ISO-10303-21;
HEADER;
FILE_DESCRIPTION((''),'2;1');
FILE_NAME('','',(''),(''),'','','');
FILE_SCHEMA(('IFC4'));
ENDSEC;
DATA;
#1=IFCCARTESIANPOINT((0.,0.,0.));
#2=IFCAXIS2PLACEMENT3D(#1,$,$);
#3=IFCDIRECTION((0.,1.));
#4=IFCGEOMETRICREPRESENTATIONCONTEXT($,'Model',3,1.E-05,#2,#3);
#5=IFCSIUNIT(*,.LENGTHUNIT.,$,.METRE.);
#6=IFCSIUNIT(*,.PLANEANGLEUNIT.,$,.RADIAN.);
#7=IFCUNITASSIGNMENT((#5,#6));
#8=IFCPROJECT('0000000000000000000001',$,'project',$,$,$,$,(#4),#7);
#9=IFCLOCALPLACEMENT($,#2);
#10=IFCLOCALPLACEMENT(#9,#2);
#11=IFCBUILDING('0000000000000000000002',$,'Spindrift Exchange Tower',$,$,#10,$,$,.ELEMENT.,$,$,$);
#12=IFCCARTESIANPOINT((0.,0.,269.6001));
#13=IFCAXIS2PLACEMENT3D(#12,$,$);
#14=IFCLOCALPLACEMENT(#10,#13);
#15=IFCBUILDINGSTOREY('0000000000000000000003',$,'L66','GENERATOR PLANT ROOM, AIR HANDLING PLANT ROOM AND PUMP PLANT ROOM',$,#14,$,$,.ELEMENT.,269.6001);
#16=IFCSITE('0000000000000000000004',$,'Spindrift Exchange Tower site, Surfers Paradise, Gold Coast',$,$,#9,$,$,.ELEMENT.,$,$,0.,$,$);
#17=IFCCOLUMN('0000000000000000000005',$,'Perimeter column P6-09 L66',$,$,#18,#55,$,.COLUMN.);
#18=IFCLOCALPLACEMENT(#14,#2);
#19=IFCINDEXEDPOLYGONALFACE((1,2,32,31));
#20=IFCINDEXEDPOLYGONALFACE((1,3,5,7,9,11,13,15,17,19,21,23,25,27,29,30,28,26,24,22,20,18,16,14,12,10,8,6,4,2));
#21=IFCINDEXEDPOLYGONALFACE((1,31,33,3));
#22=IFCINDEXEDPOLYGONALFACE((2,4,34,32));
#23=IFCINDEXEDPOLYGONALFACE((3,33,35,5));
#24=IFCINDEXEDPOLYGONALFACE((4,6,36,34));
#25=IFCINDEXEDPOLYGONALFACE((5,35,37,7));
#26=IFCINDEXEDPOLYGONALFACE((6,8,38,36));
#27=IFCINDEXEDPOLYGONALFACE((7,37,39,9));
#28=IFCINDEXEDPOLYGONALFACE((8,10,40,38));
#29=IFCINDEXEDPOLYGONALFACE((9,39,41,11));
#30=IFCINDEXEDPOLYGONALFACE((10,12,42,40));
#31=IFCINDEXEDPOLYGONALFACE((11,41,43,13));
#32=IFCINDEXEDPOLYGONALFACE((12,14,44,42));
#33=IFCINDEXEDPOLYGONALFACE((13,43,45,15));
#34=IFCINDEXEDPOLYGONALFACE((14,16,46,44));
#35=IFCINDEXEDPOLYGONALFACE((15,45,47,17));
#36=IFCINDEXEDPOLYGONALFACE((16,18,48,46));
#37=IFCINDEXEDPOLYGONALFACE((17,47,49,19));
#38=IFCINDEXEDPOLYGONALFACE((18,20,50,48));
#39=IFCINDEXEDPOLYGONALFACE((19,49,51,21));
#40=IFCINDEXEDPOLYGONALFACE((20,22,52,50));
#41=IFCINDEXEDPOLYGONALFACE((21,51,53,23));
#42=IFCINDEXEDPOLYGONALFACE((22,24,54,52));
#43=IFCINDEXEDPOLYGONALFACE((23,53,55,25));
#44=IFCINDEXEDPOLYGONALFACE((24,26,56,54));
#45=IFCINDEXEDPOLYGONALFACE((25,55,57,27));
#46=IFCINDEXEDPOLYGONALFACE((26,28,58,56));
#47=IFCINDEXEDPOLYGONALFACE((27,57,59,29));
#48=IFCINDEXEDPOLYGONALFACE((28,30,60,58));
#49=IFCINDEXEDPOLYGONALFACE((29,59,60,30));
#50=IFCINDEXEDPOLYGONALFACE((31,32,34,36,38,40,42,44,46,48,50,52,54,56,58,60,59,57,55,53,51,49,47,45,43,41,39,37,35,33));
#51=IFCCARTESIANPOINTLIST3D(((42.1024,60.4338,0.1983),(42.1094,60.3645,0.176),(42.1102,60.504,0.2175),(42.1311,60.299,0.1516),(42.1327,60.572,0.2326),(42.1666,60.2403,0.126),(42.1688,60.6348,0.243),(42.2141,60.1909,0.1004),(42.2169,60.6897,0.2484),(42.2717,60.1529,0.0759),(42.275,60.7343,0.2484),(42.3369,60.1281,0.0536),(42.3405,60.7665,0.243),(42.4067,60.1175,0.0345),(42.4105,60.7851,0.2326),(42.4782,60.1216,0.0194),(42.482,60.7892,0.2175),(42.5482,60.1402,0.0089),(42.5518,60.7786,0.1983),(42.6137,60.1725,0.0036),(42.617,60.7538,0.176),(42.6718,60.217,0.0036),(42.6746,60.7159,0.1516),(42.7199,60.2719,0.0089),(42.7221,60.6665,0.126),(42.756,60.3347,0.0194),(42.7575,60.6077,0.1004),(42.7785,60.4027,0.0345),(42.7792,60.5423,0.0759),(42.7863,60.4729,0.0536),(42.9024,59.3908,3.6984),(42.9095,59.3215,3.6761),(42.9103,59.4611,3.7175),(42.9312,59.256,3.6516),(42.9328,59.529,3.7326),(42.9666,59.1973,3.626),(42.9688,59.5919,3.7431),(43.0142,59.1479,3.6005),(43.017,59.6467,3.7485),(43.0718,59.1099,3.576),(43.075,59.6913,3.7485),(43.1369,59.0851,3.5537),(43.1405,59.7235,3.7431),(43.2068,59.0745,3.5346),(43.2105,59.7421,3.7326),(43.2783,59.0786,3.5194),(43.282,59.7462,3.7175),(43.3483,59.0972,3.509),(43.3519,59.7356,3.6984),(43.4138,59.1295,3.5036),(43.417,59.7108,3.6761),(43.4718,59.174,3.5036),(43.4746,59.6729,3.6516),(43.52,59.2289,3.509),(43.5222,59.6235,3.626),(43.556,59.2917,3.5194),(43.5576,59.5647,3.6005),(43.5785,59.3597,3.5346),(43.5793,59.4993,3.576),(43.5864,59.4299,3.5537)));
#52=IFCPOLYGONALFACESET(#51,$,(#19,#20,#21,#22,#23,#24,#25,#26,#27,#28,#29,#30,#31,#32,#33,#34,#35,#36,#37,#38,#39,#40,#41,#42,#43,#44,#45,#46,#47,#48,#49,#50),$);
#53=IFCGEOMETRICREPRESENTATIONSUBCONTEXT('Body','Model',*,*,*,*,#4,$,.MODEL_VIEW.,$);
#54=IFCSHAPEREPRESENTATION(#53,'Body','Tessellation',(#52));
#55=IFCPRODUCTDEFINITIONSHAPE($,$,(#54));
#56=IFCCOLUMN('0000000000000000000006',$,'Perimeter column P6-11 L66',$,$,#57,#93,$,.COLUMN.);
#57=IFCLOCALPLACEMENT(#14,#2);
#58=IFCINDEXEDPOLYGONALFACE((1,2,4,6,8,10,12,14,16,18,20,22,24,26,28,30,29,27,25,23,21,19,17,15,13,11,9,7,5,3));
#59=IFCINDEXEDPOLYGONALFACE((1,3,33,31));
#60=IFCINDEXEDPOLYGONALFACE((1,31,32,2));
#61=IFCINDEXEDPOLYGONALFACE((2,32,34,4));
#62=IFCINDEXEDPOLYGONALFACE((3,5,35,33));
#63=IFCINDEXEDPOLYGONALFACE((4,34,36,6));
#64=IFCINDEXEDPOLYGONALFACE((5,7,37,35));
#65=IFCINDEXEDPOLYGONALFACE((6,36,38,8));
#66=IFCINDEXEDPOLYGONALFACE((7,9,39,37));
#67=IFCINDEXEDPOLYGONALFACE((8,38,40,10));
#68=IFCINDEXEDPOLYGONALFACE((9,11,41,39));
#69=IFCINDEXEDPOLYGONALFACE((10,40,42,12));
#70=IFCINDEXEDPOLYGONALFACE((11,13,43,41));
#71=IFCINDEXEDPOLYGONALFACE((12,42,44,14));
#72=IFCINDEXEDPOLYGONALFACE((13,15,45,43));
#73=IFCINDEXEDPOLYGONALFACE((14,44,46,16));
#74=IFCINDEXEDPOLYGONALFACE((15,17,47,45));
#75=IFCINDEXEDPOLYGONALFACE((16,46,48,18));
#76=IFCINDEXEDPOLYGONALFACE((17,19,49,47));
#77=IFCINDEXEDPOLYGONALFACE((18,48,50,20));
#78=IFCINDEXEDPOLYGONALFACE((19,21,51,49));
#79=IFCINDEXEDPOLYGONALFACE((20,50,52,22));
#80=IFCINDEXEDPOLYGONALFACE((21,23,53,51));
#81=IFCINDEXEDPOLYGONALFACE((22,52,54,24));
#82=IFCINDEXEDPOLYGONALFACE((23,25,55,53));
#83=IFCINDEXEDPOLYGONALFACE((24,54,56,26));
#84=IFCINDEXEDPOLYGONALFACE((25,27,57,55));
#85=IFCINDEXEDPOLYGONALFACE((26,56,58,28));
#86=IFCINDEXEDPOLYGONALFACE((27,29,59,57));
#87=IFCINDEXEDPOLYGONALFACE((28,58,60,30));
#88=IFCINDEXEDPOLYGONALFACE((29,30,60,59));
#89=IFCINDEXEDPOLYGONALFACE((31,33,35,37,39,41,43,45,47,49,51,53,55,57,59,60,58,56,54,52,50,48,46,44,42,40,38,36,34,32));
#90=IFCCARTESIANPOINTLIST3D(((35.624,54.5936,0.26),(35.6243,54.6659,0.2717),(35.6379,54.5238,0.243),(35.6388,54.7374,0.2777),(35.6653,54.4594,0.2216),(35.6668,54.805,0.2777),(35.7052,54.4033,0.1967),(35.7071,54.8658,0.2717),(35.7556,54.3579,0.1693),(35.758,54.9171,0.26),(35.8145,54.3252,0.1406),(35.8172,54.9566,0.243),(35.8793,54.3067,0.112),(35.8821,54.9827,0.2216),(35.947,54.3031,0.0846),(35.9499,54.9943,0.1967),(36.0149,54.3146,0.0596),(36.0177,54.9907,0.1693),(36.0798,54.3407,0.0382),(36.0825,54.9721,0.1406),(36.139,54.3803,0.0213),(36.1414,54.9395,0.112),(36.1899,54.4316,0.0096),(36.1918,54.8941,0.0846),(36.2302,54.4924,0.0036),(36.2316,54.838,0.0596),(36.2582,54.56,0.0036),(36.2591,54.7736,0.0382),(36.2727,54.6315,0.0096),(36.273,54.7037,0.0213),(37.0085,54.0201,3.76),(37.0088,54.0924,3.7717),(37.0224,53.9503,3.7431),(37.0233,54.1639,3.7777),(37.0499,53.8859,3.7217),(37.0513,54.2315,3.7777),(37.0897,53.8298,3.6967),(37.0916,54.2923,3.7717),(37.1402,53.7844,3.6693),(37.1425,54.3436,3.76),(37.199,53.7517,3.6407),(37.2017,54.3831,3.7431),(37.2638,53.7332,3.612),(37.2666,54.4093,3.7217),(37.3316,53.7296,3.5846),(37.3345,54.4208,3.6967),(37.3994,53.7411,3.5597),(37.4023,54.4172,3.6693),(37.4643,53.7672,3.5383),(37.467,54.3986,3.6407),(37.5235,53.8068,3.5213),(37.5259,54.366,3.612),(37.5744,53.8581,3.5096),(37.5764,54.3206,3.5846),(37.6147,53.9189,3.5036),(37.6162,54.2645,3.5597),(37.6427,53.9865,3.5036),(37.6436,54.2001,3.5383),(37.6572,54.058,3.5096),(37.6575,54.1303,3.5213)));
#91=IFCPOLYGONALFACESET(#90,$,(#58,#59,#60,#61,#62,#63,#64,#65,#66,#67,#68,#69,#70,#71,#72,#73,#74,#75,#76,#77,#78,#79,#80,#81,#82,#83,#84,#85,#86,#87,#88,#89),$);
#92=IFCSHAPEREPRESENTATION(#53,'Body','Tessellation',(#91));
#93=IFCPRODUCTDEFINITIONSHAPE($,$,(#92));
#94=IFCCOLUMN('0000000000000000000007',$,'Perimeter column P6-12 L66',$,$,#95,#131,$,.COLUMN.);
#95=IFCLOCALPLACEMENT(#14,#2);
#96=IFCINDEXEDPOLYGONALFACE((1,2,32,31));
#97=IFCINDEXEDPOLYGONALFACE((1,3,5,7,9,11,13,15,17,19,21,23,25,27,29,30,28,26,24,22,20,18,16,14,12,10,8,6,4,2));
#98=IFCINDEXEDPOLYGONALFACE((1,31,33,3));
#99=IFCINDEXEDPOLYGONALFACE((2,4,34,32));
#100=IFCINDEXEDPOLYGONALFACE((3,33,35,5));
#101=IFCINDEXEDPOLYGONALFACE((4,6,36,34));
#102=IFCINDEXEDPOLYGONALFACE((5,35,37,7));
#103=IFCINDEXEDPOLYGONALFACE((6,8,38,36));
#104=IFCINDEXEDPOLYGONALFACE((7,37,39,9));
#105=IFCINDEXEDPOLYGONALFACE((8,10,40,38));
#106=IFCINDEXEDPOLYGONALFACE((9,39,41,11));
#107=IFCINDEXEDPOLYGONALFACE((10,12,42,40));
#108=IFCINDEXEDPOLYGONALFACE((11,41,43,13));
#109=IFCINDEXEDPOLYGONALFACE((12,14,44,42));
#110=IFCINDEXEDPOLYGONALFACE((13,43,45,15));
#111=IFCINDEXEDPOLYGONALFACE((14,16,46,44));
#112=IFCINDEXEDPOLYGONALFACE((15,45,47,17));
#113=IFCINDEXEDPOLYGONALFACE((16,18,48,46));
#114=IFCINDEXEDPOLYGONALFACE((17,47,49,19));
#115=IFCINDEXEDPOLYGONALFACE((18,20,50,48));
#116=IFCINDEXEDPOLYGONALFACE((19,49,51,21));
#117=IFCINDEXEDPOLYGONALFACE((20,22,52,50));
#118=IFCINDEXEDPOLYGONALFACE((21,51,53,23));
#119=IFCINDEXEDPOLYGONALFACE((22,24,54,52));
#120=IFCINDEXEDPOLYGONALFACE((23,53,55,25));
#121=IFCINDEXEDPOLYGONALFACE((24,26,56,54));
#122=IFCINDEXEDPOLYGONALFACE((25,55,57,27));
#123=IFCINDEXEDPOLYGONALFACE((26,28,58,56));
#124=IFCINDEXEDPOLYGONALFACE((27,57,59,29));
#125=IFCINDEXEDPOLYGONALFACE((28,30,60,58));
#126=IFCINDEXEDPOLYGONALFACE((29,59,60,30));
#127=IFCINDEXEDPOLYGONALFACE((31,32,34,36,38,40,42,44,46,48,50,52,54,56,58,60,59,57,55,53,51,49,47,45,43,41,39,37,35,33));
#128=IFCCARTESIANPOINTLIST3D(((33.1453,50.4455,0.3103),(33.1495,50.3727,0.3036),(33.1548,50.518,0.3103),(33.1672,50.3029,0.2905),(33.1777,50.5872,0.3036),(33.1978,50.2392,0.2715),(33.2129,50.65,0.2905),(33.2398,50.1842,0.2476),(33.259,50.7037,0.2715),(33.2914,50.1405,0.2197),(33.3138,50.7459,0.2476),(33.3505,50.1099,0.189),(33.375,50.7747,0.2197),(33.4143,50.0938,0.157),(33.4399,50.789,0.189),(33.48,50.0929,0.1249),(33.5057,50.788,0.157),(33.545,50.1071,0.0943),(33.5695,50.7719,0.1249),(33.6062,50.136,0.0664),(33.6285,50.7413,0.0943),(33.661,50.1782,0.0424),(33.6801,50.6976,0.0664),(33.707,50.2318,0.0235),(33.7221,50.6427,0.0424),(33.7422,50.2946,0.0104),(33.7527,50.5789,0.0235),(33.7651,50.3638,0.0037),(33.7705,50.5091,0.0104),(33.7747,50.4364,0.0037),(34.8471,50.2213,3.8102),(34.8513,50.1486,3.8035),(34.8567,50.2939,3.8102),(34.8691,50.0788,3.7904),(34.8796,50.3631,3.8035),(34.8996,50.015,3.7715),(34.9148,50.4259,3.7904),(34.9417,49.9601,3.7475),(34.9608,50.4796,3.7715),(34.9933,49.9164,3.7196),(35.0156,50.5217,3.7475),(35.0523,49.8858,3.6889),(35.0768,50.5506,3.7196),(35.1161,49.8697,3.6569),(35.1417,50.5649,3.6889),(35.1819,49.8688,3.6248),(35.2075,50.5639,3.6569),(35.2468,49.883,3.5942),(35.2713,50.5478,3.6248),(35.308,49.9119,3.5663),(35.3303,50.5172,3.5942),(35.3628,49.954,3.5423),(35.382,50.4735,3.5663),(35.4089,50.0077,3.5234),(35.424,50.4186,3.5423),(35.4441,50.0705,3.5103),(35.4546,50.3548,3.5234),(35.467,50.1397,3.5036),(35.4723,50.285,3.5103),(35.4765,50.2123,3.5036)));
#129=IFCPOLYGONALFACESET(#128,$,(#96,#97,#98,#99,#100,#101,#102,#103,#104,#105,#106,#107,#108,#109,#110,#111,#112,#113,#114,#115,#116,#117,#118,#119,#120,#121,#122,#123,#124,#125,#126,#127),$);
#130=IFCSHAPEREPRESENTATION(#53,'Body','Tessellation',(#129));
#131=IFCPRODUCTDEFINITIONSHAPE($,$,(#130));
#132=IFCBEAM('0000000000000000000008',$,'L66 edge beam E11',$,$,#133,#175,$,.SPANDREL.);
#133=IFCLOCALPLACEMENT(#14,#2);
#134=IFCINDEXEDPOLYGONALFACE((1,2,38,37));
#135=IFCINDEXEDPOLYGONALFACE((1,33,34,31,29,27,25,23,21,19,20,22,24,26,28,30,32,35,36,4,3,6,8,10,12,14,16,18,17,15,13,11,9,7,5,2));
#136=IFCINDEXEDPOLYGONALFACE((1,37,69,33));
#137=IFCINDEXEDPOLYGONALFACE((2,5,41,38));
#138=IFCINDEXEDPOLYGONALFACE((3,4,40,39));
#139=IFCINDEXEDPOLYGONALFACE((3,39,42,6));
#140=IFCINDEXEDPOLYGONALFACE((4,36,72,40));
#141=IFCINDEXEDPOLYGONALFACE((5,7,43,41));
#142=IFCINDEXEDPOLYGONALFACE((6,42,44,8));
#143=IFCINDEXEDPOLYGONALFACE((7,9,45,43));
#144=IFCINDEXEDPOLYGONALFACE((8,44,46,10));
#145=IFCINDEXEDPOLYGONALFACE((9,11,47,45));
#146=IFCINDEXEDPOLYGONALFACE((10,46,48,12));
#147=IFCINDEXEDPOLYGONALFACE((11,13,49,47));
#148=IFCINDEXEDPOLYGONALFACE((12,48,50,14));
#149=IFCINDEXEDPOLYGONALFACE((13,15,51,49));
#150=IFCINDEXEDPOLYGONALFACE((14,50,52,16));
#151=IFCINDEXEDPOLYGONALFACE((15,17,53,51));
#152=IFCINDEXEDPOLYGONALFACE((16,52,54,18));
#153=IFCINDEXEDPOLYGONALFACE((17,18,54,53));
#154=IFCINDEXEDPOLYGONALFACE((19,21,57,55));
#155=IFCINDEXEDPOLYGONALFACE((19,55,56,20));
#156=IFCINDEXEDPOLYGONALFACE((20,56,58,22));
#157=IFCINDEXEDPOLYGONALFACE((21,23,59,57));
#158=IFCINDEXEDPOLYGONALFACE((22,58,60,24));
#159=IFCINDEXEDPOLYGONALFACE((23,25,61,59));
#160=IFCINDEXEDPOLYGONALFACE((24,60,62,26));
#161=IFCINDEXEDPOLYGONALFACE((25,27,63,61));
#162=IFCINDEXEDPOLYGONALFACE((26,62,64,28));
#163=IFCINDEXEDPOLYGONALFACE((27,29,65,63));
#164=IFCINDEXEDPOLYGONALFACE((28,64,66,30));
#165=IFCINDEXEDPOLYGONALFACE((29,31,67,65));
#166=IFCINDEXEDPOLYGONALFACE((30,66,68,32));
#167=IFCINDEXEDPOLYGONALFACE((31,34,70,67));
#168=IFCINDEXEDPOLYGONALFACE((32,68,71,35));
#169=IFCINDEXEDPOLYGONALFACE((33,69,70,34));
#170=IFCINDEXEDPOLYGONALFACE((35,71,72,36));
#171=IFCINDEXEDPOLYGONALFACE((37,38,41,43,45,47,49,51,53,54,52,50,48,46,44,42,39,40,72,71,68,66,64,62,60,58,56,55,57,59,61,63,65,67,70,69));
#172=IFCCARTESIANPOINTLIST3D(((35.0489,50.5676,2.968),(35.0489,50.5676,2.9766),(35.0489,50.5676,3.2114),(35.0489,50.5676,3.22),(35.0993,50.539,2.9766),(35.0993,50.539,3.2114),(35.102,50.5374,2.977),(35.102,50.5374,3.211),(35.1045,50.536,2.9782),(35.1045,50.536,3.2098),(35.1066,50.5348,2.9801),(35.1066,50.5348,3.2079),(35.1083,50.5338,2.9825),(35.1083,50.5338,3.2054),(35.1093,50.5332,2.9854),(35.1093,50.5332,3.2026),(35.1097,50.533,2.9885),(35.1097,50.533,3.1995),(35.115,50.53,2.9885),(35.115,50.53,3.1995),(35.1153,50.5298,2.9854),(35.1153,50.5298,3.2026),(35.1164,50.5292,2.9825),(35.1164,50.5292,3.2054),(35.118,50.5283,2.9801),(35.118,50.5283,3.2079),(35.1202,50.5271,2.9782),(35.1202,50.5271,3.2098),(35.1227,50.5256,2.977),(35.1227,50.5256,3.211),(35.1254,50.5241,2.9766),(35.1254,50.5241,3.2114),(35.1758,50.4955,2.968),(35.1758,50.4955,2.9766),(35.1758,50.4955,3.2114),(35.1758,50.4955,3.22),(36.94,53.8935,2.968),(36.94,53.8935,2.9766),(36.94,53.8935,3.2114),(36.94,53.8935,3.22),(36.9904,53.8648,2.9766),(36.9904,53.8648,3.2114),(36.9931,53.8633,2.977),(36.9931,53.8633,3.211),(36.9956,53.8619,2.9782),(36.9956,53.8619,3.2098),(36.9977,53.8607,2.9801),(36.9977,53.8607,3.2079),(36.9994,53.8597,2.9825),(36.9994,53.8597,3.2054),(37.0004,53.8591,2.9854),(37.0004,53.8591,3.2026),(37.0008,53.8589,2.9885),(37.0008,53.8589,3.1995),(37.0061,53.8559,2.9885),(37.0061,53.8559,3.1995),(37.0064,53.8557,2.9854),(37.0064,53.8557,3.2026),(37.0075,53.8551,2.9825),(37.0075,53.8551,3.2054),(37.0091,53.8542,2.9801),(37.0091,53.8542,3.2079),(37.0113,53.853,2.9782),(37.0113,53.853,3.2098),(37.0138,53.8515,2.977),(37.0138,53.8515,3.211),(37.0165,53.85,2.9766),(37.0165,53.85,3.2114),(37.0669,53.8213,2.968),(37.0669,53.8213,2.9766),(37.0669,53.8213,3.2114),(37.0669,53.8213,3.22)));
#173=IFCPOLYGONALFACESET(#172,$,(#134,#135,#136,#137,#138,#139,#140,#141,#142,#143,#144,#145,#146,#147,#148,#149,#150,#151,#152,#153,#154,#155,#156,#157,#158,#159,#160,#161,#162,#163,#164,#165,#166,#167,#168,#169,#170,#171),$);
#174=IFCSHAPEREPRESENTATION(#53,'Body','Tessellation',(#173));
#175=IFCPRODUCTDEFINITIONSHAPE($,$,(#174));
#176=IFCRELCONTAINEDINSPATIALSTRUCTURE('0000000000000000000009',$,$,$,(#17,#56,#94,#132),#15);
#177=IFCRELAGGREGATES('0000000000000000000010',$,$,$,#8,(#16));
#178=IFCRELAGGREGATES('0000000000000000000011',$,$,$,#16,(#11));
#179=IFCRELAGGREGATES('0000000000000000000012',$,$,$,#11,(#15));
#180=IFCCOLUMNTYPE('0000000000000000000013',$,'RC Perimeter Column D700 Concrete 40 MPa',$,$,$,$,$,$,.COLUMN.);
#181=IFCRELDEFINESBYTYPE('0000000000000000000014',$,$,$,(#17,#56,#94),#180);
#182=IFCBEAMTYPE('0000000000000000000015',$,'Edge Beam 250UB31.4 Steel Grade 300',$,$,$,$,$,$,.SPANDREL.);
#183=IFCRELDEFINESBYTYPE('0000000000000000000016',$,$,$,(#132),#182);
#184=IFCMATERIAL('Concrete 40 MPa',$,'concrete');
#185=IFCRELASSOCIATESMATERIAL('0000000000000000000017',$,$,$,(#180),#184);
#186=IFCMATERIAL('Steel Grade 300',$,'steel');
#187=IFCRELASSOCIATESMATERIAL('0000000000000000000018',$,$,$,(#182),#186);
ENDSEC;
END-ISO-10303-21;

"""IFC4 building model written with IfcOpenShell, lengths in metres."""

from ifc_helpers import new_model, si_unit, direction, frame, origin, origin_2d, place, context, subcontext, project, spatial, circle, i_section, extrude, source, transform, mapped, material, material_profile, profile_set, type_object, element, save


model = new_model("IFC4")

# Units and contexts
model_context = context("Model", 3, precision=1e-05, world=origin(), true_north=direction((0.0, 1.0)))
body_context = subcontext(model_context, "Body", "Model", "MODEL_VIEW")
ifc_project = project(units=[si_unit("LENGTHUNIT", "METRE"), si_unit("PLANEANGLEUNIT", "RADIAN")], contexts=[model_context])

# Site, building, storey
site_placement = place(None, origin())
site = spatial("IfcSite", under=ifc_project, at=site_placement, Name="Spindrift Exchange Tower site, Surfers Paradise, Gold Coast", CompositionType="ELEMENT", RefElevation=0.0)
building_placement = place(site_placement, origin())
building = spatial("IfcBuilding", under=site, at=building_placement, Name="Spindrift Exchange Tower", CompositionType="ELEMENT")
storey_placement = place(building_placement, frame((0.0, 0.0, 269.6001)))
storey = spatial("IfcBuildingStorey", under=building, at=storey_placement, Name="L66", Description="GENERATOR PLANT ROOM, AIR HANDLING PLANT ROOM AND PUMP PLANT ROOM", CompositionType="ELEMENT", Elevation=269.6001)

# Columns
ifc_material_1 = material(Name="Concrete 40 MPa", Category="concrete")
ifc_material_profile_1 = material_profile(ifc_material_1, circle(Radius=0.3501, at=origin_2d()), Name="RC D700")
ifc_profile_set_1 = profile_set([ifc_material_profile_1], Name="Concrete 40 MPa")
column_type = type_object("IfcColumnType", Name="RC Perimeter Column D700 Concrete 40 MPa", PredefinedType="COLUMN", material=ifc_profile_set_1)
shared_shape_1 = source(origin(), body_context, "Body", "SweptSolid", [
    extrude(circle(Radius=0.3501, at=origin_2d()), origin(), (0.0, 0.0, 1.0), 3.7388),
])
column_1_placement = place(storey_placement, frame((42.4443, 60.4534, 0.126), z_axis=(0.213991, -0.278966, 0.936155), x_axis=(0.793445, 0.608642, 0.0)))
element("IfcColumn", 1, at=column_1_placement, inside=storey, type_object=column_type, Name="Perimeter column P6-09 L66", PredefinedType="COLUMN", context=body_context, shape_type="MappedRepresentation", body=[
    mapped(shared_shape_1, transform((0.0, 0.0, 0.0), scale=1.0)),
])
shared_shape_2 = source(origin(), body_context, "Body", "SweptSolid", [
    extrude(circle(Radius=0.3501, at=origin_2d()), origin(), (0.0, 0.0, 1.0), 3.8074),
])
column_2_placement = place(storey_placement, frame((35.9485, 54.6487, 0.1406), z_axis=(0.363646, -0.150627, 0.919279), x_axis=(0.382683, 0.92388, 0.0)))
element("IfcColumn", 2, at=column_2_placement, inside=storey, type_object=column_type, Name="Perimeter column P6-11 L66", PredefinedType="COLUMN", context=body_context, shape_type="MappedRepresentation", body=[
    mapped(shared_shape_2, transform((0.0, 0.0, 0.0), scale=1.0)),
])
shared_shape_3 = source(origin(), body_context, "Body", "SweptSolid", [
    extrude(circle(Radius=0.3501, at=origin_2d()), origin(), (0.0, 0.0, 1.0), 3.8982),
])
column_3_placement = place(storey_placement, frame((33.46, 50.4409, 0.157), z_axis=(0.436577, -0.057492, 0.897828), x_axis=(0.130561, 0.99144, 0.0)))
element("IfcColumn", 3, at=column_3_placement, inside=storey, type_object=column_type, Name="Perimeter column P6-12 L66", PredefinedType="COLUMN", context=body_context, shape_type="MappedRepresentation", body=[
    mapped(shared_shape_3, transform((0.0, 0.0, 0.0), scale=1.0)),
])

# Beam
ifc_material_2 = material(Name="Steel Grade 300", Category="steel")
ifc_material_profile_2 = material_profile(ifc_material_2, i_section(OverallWidth=0.146, OverallDepth=0.252, WebThickness=0.0061, FlangeThickness=0.0085, FilletRadius=0.012, at=origin_2d()), Name="250UB31.4")
ifc_profile_set_2 = profile_set([ifc_material_profile_2], Name="Steel Grade 300")
beam_type = type_object("IfcBeamType", Name="Edge Beam 250UB31.4 Steel Grade 300", PredefinedType="SPANDREL", material=ifc_profile_set_2)
shared_shape_4 = source(origin(), body_context, "Body", "SweptSolid", [
    extrude(i_section(OverallWidth=0.146, OverallDepth=0.252, WebThickness=0.0061, FlangeThickness=0.0085, FilletRadius=0.012, at=origin_2d()), origin(), (0.0, 0.0, 1.0), 3.8259),
])
beam_1_placement = place(storey_placement, frame((37.0034, 53.8574, 3.094), z_axis=(-0.494282, -0.869301, 0.0), x_axis=(0.869301, -0.494282, 0.0)))
element("IfcBeam", 4, at=beam_1_placement, inside=storey, type_object=beam_type, Name="L66 edge beam E11", PredefinedType="SPANDREL", context=body_context, shape_type="MappedRepresentation", body=[
    mapped(shared_shape_4, transform((0.0, 0.0, 0.0), scale=1.0)),
])

save(model, "model.ifc")
